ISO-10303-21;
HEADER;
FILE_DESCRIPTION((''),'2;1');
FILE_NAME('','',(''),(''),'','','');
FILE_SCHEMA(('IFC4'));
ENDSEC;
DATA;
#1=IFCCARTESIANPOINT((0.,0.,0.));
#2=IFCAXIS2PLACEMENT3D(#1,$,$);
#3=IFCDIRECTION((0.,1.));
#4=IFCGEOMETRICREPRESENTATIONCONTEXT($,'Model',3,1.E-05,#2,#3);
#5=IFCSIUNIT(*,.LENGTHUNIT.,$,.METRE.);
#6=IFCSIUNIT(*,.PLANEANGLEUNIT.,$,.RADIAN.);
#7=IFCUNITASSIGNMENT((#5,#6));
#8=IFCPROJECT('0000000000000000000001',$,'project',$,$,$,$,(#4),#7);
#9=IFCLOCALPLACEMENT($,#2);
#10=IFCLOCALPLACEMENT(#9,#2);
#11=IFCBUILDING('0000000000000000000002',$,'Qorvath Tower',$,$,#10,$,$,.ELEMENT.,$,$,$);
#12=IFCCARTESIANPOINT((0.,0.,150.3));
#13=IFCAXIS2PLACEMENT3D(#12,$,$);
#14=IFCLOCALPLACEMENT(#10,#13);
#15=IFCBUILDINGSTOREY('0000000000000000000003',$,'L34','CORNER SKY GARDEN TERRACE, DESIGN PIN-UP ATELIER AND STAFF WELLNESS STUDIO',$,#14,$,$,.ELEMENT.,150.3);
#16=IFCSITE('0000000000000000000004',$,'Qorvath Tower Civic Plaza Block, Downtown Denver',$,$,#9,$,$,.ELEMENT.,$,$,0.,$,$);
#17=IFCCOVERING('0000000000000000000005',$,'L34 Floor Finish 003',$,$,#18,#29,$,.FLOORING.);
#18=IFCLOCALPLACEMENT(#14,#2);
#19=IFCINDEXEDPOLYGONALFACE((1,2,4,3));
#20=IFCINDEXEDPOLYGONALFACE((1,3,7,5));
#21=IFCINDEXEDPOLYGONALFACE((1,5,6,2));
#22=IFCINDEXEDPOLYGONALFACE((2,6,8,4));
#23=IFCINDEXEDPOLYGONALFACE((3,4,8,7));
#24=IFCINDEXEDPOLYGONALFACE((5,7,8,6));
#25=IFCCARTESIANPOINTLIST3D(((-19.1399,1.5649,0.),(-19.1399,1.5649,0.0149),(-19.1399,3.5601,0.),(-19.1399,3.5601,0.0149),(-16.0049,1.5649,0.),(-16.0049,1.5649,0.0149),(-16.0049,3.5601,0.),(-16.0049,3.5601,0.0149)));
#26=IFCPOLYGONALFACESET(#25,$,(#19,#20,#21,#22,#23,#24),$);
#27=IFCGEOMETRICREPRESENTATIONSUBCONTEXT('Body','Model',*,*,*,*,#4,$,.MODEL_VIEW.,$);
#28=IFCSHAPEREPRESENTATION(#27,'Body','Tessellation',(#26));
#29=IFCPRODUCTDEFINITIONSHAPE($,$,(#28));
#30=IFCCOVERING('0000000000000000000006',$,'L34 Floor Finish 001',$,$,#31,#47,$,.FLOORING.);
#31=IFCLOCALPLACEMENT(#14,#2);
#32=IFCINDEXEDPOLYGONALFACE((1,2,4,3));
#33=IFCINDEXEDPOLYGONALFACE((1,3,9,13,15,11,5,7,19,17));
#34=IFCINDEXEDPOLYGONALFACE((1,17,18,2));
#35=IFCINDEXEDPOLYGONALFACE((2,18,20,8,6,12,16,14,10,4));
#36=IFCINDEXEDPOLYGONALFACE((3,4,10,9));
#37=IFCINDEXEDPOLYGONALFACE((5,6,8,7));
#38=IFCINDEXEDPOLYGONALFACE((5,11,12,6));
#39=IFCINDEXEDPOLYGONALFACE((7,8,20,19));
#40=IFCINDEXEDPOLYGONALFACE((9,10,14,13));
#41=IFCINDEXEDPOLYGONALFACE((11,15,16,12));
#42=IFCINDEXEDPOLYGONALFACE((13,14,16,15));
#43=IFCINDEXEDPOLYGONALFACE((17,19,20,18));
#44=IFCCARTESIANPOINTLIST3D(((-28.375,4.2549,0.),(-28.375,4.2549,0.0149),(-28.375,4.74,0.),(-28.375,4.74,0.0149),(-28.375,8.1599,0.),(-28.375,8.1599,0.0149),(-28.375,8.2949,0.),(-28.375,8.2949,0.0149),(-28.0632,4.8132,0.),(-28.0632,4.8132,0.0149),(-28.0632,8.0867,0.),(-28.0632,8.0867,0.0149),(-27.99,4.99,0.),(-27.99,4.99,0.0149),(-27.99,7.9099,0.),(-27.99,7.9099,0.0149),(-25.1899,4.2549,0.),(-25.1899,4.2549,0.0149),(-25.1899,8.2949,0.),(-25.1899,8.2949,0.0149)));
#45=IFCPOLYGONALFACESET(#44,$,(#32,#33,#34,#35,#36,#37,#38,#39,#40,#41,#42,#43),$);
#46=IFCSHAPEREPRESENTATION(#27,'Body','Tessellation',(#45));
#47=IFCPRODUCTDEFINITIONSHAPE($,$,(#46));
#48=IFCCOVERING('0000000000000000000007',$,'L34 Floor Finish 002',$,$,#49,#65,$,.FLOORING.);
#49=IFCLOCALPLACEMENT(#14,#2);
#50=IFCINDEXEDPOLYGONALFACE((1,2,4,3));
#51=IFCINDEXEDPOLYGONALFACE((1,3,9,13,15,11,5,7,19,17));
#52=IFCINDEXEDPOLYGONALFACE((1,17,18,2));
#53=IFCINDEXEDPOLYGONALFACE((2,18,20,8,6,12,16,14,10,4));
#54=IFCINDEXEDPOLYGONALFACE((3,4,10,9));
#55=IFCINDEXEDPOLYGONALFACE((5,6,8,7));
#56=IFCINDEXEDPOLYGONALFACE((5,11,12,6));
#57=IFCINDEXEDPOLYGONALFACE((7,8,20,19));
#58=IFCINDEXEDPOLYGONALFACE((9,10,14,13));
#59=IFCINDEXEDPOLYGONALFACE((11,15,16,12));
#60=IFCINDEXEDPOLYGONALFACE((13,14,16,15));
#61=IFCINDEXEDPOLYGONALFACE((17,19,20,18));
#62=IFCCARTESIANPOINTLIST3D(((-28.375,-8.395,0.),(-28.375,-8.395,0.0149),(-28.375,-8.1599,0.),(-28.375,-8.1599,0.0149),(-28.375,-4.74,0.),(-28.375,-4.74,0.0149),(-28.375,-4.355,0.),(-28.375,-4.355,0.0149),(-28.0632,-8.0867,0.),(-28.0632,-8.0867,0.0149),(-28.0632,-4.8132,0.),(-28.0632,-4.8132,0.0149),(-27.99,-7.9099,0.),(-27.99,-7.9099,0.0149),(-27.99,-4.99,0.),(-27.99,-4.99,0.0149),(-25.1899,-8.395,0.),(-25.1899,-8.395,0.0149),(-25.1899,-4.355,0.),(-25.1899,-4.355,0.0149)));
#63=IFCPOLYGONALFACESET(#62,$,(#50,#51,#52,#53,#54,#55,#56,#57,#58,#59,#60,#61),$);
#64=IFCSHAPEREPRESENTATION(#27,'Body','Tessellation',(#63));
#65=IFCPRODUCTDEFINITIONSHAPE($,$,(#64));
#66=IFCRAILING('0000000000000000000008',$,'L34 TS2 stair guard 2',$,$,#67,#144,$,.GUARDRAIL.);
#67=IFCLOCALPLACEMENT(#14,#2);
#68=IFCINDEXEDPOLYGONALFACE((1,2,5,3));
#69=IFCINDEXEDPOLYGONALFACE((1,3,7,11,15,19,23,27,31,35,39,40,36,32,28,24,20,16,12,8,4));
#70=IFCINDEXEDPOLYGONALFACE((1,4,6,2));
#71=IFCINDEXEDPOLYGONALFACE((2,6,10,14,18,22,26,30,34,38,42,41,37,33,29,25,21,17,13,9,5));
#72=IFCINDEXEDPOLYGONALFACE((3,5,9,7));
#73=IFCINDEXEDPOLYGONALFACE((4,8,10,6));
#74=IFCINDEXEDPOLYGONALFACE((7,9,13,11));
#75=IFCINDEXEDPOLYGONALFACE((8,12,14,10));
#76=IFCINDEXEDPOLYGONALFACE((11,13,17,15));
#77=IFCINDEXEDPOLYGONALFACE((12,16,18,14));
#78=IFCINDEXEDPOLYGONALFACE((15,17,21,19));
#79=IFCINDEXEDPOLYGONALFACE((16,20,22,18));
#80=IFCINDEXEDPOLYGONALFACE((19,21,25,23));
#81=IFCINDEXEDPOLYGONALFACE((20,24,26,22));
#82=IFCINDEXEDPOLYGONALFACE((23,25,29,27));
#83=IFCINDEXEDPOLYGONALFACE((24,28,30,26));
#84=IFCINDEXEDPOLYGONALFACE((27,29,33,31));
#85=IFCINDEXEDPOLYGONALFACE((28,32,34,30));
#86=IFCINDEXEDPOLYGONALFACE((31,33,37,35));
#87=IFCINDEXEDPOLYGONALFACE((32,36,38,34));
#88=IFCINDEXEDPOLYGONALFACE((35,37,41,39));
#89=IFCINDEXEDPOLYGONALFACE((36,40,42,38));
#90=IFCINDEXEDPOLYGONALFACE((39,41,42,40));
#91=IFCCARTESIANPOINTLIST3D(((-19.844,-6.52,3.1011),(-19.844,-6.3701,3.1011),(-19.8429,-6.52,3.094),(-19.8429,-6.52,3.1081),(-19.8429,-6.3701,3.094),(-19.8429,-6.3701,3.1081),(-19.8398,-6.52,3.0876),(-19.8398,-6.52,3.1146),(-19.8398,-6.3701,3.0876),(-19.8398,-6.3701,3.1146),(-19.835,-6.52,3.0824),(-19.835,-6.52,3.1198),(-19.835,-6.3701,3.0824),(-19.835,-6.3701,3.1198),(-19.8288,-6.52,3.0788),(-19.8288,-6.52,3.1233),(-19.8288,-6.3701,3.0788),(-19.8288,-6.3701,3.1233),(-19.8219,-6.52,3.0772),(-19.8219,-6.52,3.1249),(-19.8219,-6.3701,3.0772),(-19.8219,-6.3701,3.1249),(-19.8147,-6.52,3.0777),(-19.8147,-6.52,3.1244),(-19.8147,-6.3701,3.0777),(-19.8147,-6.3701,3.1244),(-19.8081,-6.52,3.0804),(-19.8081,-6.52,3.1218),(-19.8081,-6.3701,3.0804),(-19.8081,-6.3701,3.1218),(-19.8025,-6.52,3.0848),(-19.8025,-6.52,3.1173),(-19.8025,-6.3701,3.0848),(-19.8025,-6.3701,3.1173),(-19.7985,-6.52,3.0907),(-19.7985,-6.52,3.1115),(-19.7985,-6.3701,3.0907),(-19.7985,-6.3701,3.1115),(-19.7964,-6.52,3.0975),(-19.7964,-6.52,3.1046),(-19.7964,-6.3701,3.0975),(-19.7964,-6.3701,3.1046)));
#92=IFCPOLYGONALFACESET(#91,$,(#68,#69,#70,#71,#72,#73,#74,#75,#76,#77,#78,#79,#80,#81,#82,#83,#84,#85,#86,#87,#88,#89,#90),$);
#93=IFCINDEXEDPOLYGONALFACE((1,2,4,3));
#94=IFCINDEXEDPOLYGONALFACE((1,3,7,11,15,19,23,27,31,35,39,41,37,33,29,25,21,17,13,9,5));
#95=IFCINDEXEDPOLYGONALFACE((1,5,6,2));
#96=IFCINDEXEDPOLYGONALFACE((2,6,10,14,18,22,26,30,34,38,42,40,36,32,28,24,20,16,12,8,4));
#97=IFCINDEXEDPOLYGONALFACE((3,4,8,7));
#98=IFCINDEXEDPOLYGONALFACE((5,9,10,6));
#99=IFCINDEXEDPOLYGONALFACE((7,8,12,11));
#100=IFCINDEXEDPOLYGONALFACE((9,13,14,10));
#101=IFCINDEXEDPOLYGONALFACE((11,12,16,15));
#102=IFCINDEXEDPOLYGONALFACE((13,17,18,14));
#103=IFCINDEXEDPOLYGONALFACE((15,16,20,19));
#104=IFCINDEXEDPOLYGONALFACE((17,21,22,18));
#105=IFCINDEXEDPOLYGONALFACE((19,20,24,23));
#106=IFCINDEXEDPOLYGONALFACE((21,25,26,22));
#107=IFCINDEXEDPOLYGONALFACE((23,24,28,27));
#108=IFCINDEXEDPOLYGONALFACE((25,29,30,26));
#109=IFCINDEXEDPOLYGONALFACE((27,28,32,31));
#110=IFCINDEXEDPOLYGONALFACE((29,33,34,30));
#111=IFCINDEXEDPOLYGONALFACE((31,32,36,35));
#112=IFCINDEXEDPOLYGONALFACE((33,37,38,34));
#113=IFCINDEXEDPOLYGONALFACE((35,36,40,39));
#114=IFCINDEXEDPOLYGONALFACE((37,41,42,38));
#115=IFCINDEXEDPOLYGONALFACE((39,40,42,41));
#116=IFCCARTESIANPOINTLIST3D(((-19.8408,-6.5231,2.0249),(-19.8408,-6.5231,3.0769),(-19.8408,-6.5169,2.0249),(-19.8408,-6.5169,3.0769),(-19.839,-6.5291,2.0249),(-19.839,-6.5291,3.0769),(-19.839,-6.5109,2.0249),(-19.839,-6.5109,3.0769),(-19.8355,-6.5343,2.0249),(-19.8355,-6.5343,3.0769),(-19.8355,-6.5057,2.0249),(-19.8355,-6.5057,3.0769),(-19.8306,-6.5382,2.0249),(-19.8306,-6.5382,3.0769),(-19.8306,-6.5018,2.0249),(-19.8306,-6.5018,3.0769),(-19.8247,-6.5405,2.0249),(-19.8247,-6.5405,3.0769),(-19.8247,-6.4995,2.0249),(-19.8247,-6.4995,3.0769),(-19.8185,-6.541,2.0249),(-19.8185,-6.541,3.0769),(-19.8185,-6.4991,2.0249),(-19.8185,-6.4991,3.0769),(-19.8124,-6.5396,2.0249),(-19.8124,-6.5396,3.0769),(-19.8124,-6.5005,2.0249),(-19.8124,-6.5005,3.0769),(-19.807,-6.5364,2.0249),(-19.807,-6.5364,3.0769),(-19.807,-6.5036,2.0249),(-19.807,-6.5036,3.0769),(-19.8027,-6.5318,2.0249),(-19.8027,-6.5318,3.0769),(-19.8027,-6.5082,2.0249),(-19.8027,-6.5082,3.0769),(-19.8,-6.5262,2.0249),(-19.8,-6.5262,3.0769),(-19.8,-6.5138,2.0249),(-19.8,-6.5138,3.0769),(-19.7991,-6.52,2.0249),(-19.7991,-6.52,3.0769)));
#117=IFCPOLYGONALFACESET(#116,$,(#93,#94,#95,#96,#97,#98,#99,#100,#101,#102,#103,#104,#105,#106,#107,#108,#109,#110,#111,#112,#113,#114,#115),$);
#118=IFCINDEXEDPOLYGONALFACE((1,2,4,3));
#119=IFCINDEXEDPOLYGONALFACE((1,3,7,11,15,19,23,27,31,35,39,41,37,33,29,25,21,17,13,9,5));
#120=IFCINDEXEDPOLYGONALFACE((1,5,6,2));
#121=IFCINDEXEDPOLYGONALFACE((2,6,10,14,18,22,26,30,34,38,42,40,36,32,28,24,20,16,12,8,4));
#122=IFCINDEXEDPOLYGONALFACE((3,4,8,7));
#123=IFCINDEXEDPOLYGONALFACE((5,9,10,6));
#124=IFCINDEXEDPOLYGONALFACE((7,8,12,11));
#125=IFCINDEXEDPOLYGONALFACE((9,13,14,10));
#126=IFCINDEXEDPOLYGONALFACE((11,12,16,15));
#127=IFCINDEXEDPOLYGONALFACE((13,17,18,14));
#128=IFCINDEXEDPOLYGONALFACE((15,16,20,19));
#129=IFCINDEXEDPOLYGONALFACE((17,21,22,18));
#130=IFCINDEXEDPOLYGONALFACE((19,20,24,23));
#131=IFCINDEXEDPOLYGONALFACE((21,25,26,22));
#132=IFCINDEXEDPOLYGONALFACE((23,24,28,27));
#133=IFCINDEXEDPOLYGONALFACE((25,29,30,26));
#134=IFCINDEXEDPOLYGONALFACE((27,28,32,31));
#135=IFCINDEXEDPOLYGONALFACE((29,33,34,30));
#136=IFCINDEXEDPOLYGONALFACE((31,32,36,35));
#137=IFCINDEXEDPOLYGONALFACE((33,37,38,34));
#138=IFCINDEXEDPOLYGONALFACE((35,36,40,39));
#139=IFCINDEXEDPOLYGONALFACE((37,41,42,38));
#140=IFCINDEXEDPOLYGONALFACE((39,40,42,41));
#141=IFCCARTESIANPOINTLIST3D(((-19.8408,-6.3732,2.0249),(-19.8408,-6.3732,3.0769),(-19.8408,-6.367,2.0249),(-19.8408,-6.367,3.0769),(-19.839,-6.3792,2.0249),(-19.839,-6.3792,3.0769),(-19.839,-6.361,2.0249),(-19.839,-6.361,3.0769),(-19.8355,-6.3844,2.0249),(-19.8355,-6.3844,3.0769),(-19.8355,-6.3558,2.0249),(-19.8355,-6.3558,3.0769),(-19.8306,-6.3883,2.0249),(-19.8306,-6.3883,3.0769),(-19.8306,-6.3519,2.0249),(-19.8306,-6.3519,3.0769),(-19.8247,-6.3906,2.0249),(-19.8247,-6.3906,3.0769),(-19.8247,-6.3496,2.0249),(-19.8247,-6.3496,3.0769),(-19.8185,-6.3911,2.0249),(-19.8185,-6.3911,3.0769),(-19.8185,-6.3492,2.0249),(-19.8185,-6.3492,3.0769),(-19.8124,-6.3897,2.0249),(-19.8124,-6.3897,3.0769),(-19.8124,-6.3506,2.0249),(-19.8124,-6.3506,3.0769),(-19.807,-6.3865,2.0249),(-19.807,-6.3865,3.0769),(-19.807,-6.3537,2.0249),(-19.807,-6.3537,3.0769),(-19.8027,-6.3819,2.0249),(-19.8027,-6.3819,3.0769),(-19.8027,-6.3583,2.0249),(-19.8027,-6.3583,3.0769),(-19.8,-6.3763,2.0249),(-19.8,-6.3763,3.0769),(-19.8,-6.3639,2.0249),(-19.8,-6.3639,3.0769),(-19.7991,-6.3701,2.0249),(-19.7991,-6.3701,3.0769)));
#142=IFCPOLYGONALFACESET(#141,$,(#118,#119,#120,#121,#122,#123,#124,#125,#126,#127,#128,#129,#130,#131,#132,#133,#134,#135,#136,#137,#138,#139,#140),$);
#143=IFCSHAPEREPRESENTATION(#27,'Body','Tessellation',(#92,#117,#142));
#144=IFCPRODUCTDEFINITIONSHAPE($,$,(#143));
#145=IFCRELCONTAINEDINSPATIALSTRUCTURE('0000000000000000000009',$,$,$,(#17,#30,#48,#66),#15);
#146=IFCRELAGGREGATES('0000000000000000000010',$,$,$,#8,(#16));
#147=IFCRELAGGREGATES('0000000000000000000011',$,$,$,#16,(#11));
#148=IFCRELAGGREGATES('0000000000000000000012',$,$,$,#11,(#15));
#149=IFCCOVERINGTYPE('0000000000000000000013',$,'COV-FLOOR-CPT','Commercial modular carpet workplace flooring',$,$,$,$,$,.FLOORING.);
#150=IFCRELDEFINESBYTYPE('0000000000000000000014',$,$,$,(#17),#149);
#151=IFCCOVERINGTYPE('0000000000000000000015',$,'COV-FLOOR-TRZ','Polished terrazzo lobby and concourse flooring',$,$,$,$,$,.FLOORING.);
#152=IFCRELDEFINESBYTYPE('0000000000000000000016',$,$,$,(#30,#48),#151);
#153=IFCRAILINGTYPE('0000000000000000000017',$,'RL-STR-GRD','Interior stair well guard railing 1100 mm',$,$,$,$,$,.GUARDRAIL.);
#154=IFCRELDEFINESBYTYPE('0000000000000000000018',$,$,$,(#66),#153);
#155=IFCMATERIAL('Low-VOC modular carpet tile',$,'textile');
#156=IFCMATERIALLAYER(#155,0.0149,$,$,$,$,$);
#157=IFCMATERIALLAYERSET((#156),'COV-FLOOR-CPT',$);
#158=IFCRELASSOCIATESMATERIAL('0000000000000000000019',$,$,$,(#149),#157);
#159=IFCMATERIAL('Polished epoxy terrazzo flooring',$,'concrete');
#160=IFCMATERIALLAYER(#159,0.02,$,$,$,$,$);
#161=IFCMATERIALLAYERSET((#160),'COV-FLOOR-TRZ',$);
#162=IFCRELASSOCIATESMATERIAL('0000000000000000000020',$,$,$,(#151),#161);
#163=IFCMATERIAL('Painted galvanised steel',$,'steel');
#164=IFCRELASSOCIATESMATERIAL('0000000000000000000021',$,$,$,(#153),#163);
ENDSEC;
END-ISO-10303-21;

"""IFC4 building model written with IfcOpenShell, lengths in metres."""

from ifc_helpers import new_model, si_unit, direction, frame, origin, origin_2d, place, context, subcontext, project, spatial, polyline, circle, outline, extrude, material, layer, layer_set, type_object, element, save


model = new_model("IFC4")

# Units and contexts
model_context = context("Model", 3, precision=1e-05, world=origin(), true_north=direction((0.0, 1.0)))
body_context = subcontext(model_context, "Body", "Model", "MODEL_VIEW")
ifc_project = project(units=[si_unit("LENGTHUNIT", "METRE"), si_unit("PLANEANGLEUNIT", "RADIAN")], contexts=[model_context])

# Site, building, storey
site_placement = place(None, origin())
site = spatial("IfcSite", under=ifc_project, at=site_placement, Name="Qorvath Tower Civic Plaza Block, Downtown Denver", CompositionType="ELEMENT", RefElevation=0.0)
building_placement = place(site_placement, origin())
building = spatial("IfcBuilding", under=site, at=building_placement, Name="Qorvath Tower", CompositionType="ELEMENT")
storey_placement = place(building_placement, frame((0.0, 0.0, 150.3)))
storey = spatial("IfcBuildingStorey", under=building, at=storey_placement, Name="L34", Description="CORNER SKY GARDEN TERRACE, DESIGN PIN-UP ATELIER AND STAFF WELLNESS STUDIO", CompositionType="ELEMENT", Elevation=150.3)

# Coverings
ifc_material_1 = material(Name="Low-VOC modular carpet tile", Category="textile")
ifc_layer_1 = layer(ifc_material_1, 0.0149)
ifc_layer_set_1 = layer_set([ifc_layer_1], Name="COV-FLOOR-CPT")
covering_type_1 = type_object("IfcCoveringType", Name="COV-FLOOR-CPT", Description="Commercial modular carpet workplace flooring", PredefinedType="FLOORING", material=ifc_layer_set_1)
covering_1_placement = place(storey_placement, origin())
element("IfcCovering", 1, at=covering_1_placement, inside=storey, type_object=covering_type_1, Name="L34 Floor Finish 003", PredefinedType="FLOORING", context=body_context, shape_type="SweptSolid", body=[
    extrude(outline(polyline([(-16.0049, 3.5601), (-19.1399, 3.5601), (-19.1399, 1.5649), (-16.0049, 1.5649), (-16.0049, 3.5601)])), origin(), (0.0, 0.0, 1.0), 0.0149),
])
ifc_material_2 = material(Name="Polished epoxy terrazzo flooring", Category="concrete")
ifc_layer_2 = layer(ifc_material_2, 0.02)
ifc_layer_set_2 = layer_set([ifc_layer_2], Name="COV-FLOOR-TRZ")
covering_type_2 = type_object("IfcCoveringType", Name="COV-FLOOR-TRZ", Description="Polished terrazzo lobby and concourse flooring", PredefinedType="FLOORING", material=ifc_layer_set_2)
covering_2_placement = place(storey_placement, origin())
element("IfcCovering", 2, at=covering_2_placement, inside=storey, type_object=covering_type_2, Name="L34 Floor Finish 001", PredefinedType="FLOORING", context=body_context, shape_type="SweptSolid", body=[
    extrude(outline(polyline([(-25.1899, 4.2549), (-25.1899, 8.2949), (-28.375, 8.2949), (-28.375, 8.1599), (-28.0632, 8.0867), (-27.99, 7.9099), (-27.99, 4.99), (-28.0632, 4.8132), (-28.375, 4.74), (-28.375, 4.2549), (-25.1899, 4.2549)])), origin(), (0.0, 0.0, 1.0), 0.0149),
])
covering_3_placement = place(storey_placement, origin())
element("IfcCovering", 3, at=covering_3_placement, inside=storey, type_object=covering_type_2, Name="L34 Floor Finish 002", PredefinedType="FLOORING", context=body_context, shape_type="SweptSolid", body=[
    extrude(outline(polyline([(-25.1899, -8.395), (-25.1899, -4.355), (-28.375, -4.355), (-28.375, -4.74), (-28.0632, -4.8132), (-27.99, -4.99), (-27.99, -7.9099), (-28.0632, -8.0867), (-28.375, -8.1599), (-28.375, -8.395), (-25.1899, -8.395)])), origin(), (0.0, 0.0, 1.0), 0.0149),
])

# Railing
ifc_material_3 = material(Name="Painted galvanised steel", Category="steel")
railing_type_1 = type_object("IfcRailingType", Name="RL-STR-GRD", Description="Interior stair well guard railing 1100 mm", PredefinedType="GUARDRAIL", material=ifc_material_3)
railing_1_placement = place(storey_placement, frame((-19.8201, -6.52, 2.0249)))
element("IfcRailing", 4, at=railing_1_placement, inside=storey, type_object=railing_type_1, Name="L34 TS2 stair guard 2", PredefinedType="GUARDRAIL", context=body_context, shape_type="SweptSolid", body=[
    extrude(circle(Radius=0.0239, at=origin_2d()), frame((0.0, 0.0, 1.0762), z_axis=(0.0, 1.0, 0.0), x_axis=(-1.0, 0.0, 0.0)), (0.0, 0.0, 1.0), 0.1499),
    extrude(circle(Radius=0.021, at=origin_2d()), origin(), (0.0, 0.0, 1.0), 1.052),
    extrude(circle(Radius=0.021, at=origin_2d()), frame((0.0, 0.1499, 0.0)), (0.0, 0.0, 1.0), 1.052),
])

save(model, "model.ifc")
